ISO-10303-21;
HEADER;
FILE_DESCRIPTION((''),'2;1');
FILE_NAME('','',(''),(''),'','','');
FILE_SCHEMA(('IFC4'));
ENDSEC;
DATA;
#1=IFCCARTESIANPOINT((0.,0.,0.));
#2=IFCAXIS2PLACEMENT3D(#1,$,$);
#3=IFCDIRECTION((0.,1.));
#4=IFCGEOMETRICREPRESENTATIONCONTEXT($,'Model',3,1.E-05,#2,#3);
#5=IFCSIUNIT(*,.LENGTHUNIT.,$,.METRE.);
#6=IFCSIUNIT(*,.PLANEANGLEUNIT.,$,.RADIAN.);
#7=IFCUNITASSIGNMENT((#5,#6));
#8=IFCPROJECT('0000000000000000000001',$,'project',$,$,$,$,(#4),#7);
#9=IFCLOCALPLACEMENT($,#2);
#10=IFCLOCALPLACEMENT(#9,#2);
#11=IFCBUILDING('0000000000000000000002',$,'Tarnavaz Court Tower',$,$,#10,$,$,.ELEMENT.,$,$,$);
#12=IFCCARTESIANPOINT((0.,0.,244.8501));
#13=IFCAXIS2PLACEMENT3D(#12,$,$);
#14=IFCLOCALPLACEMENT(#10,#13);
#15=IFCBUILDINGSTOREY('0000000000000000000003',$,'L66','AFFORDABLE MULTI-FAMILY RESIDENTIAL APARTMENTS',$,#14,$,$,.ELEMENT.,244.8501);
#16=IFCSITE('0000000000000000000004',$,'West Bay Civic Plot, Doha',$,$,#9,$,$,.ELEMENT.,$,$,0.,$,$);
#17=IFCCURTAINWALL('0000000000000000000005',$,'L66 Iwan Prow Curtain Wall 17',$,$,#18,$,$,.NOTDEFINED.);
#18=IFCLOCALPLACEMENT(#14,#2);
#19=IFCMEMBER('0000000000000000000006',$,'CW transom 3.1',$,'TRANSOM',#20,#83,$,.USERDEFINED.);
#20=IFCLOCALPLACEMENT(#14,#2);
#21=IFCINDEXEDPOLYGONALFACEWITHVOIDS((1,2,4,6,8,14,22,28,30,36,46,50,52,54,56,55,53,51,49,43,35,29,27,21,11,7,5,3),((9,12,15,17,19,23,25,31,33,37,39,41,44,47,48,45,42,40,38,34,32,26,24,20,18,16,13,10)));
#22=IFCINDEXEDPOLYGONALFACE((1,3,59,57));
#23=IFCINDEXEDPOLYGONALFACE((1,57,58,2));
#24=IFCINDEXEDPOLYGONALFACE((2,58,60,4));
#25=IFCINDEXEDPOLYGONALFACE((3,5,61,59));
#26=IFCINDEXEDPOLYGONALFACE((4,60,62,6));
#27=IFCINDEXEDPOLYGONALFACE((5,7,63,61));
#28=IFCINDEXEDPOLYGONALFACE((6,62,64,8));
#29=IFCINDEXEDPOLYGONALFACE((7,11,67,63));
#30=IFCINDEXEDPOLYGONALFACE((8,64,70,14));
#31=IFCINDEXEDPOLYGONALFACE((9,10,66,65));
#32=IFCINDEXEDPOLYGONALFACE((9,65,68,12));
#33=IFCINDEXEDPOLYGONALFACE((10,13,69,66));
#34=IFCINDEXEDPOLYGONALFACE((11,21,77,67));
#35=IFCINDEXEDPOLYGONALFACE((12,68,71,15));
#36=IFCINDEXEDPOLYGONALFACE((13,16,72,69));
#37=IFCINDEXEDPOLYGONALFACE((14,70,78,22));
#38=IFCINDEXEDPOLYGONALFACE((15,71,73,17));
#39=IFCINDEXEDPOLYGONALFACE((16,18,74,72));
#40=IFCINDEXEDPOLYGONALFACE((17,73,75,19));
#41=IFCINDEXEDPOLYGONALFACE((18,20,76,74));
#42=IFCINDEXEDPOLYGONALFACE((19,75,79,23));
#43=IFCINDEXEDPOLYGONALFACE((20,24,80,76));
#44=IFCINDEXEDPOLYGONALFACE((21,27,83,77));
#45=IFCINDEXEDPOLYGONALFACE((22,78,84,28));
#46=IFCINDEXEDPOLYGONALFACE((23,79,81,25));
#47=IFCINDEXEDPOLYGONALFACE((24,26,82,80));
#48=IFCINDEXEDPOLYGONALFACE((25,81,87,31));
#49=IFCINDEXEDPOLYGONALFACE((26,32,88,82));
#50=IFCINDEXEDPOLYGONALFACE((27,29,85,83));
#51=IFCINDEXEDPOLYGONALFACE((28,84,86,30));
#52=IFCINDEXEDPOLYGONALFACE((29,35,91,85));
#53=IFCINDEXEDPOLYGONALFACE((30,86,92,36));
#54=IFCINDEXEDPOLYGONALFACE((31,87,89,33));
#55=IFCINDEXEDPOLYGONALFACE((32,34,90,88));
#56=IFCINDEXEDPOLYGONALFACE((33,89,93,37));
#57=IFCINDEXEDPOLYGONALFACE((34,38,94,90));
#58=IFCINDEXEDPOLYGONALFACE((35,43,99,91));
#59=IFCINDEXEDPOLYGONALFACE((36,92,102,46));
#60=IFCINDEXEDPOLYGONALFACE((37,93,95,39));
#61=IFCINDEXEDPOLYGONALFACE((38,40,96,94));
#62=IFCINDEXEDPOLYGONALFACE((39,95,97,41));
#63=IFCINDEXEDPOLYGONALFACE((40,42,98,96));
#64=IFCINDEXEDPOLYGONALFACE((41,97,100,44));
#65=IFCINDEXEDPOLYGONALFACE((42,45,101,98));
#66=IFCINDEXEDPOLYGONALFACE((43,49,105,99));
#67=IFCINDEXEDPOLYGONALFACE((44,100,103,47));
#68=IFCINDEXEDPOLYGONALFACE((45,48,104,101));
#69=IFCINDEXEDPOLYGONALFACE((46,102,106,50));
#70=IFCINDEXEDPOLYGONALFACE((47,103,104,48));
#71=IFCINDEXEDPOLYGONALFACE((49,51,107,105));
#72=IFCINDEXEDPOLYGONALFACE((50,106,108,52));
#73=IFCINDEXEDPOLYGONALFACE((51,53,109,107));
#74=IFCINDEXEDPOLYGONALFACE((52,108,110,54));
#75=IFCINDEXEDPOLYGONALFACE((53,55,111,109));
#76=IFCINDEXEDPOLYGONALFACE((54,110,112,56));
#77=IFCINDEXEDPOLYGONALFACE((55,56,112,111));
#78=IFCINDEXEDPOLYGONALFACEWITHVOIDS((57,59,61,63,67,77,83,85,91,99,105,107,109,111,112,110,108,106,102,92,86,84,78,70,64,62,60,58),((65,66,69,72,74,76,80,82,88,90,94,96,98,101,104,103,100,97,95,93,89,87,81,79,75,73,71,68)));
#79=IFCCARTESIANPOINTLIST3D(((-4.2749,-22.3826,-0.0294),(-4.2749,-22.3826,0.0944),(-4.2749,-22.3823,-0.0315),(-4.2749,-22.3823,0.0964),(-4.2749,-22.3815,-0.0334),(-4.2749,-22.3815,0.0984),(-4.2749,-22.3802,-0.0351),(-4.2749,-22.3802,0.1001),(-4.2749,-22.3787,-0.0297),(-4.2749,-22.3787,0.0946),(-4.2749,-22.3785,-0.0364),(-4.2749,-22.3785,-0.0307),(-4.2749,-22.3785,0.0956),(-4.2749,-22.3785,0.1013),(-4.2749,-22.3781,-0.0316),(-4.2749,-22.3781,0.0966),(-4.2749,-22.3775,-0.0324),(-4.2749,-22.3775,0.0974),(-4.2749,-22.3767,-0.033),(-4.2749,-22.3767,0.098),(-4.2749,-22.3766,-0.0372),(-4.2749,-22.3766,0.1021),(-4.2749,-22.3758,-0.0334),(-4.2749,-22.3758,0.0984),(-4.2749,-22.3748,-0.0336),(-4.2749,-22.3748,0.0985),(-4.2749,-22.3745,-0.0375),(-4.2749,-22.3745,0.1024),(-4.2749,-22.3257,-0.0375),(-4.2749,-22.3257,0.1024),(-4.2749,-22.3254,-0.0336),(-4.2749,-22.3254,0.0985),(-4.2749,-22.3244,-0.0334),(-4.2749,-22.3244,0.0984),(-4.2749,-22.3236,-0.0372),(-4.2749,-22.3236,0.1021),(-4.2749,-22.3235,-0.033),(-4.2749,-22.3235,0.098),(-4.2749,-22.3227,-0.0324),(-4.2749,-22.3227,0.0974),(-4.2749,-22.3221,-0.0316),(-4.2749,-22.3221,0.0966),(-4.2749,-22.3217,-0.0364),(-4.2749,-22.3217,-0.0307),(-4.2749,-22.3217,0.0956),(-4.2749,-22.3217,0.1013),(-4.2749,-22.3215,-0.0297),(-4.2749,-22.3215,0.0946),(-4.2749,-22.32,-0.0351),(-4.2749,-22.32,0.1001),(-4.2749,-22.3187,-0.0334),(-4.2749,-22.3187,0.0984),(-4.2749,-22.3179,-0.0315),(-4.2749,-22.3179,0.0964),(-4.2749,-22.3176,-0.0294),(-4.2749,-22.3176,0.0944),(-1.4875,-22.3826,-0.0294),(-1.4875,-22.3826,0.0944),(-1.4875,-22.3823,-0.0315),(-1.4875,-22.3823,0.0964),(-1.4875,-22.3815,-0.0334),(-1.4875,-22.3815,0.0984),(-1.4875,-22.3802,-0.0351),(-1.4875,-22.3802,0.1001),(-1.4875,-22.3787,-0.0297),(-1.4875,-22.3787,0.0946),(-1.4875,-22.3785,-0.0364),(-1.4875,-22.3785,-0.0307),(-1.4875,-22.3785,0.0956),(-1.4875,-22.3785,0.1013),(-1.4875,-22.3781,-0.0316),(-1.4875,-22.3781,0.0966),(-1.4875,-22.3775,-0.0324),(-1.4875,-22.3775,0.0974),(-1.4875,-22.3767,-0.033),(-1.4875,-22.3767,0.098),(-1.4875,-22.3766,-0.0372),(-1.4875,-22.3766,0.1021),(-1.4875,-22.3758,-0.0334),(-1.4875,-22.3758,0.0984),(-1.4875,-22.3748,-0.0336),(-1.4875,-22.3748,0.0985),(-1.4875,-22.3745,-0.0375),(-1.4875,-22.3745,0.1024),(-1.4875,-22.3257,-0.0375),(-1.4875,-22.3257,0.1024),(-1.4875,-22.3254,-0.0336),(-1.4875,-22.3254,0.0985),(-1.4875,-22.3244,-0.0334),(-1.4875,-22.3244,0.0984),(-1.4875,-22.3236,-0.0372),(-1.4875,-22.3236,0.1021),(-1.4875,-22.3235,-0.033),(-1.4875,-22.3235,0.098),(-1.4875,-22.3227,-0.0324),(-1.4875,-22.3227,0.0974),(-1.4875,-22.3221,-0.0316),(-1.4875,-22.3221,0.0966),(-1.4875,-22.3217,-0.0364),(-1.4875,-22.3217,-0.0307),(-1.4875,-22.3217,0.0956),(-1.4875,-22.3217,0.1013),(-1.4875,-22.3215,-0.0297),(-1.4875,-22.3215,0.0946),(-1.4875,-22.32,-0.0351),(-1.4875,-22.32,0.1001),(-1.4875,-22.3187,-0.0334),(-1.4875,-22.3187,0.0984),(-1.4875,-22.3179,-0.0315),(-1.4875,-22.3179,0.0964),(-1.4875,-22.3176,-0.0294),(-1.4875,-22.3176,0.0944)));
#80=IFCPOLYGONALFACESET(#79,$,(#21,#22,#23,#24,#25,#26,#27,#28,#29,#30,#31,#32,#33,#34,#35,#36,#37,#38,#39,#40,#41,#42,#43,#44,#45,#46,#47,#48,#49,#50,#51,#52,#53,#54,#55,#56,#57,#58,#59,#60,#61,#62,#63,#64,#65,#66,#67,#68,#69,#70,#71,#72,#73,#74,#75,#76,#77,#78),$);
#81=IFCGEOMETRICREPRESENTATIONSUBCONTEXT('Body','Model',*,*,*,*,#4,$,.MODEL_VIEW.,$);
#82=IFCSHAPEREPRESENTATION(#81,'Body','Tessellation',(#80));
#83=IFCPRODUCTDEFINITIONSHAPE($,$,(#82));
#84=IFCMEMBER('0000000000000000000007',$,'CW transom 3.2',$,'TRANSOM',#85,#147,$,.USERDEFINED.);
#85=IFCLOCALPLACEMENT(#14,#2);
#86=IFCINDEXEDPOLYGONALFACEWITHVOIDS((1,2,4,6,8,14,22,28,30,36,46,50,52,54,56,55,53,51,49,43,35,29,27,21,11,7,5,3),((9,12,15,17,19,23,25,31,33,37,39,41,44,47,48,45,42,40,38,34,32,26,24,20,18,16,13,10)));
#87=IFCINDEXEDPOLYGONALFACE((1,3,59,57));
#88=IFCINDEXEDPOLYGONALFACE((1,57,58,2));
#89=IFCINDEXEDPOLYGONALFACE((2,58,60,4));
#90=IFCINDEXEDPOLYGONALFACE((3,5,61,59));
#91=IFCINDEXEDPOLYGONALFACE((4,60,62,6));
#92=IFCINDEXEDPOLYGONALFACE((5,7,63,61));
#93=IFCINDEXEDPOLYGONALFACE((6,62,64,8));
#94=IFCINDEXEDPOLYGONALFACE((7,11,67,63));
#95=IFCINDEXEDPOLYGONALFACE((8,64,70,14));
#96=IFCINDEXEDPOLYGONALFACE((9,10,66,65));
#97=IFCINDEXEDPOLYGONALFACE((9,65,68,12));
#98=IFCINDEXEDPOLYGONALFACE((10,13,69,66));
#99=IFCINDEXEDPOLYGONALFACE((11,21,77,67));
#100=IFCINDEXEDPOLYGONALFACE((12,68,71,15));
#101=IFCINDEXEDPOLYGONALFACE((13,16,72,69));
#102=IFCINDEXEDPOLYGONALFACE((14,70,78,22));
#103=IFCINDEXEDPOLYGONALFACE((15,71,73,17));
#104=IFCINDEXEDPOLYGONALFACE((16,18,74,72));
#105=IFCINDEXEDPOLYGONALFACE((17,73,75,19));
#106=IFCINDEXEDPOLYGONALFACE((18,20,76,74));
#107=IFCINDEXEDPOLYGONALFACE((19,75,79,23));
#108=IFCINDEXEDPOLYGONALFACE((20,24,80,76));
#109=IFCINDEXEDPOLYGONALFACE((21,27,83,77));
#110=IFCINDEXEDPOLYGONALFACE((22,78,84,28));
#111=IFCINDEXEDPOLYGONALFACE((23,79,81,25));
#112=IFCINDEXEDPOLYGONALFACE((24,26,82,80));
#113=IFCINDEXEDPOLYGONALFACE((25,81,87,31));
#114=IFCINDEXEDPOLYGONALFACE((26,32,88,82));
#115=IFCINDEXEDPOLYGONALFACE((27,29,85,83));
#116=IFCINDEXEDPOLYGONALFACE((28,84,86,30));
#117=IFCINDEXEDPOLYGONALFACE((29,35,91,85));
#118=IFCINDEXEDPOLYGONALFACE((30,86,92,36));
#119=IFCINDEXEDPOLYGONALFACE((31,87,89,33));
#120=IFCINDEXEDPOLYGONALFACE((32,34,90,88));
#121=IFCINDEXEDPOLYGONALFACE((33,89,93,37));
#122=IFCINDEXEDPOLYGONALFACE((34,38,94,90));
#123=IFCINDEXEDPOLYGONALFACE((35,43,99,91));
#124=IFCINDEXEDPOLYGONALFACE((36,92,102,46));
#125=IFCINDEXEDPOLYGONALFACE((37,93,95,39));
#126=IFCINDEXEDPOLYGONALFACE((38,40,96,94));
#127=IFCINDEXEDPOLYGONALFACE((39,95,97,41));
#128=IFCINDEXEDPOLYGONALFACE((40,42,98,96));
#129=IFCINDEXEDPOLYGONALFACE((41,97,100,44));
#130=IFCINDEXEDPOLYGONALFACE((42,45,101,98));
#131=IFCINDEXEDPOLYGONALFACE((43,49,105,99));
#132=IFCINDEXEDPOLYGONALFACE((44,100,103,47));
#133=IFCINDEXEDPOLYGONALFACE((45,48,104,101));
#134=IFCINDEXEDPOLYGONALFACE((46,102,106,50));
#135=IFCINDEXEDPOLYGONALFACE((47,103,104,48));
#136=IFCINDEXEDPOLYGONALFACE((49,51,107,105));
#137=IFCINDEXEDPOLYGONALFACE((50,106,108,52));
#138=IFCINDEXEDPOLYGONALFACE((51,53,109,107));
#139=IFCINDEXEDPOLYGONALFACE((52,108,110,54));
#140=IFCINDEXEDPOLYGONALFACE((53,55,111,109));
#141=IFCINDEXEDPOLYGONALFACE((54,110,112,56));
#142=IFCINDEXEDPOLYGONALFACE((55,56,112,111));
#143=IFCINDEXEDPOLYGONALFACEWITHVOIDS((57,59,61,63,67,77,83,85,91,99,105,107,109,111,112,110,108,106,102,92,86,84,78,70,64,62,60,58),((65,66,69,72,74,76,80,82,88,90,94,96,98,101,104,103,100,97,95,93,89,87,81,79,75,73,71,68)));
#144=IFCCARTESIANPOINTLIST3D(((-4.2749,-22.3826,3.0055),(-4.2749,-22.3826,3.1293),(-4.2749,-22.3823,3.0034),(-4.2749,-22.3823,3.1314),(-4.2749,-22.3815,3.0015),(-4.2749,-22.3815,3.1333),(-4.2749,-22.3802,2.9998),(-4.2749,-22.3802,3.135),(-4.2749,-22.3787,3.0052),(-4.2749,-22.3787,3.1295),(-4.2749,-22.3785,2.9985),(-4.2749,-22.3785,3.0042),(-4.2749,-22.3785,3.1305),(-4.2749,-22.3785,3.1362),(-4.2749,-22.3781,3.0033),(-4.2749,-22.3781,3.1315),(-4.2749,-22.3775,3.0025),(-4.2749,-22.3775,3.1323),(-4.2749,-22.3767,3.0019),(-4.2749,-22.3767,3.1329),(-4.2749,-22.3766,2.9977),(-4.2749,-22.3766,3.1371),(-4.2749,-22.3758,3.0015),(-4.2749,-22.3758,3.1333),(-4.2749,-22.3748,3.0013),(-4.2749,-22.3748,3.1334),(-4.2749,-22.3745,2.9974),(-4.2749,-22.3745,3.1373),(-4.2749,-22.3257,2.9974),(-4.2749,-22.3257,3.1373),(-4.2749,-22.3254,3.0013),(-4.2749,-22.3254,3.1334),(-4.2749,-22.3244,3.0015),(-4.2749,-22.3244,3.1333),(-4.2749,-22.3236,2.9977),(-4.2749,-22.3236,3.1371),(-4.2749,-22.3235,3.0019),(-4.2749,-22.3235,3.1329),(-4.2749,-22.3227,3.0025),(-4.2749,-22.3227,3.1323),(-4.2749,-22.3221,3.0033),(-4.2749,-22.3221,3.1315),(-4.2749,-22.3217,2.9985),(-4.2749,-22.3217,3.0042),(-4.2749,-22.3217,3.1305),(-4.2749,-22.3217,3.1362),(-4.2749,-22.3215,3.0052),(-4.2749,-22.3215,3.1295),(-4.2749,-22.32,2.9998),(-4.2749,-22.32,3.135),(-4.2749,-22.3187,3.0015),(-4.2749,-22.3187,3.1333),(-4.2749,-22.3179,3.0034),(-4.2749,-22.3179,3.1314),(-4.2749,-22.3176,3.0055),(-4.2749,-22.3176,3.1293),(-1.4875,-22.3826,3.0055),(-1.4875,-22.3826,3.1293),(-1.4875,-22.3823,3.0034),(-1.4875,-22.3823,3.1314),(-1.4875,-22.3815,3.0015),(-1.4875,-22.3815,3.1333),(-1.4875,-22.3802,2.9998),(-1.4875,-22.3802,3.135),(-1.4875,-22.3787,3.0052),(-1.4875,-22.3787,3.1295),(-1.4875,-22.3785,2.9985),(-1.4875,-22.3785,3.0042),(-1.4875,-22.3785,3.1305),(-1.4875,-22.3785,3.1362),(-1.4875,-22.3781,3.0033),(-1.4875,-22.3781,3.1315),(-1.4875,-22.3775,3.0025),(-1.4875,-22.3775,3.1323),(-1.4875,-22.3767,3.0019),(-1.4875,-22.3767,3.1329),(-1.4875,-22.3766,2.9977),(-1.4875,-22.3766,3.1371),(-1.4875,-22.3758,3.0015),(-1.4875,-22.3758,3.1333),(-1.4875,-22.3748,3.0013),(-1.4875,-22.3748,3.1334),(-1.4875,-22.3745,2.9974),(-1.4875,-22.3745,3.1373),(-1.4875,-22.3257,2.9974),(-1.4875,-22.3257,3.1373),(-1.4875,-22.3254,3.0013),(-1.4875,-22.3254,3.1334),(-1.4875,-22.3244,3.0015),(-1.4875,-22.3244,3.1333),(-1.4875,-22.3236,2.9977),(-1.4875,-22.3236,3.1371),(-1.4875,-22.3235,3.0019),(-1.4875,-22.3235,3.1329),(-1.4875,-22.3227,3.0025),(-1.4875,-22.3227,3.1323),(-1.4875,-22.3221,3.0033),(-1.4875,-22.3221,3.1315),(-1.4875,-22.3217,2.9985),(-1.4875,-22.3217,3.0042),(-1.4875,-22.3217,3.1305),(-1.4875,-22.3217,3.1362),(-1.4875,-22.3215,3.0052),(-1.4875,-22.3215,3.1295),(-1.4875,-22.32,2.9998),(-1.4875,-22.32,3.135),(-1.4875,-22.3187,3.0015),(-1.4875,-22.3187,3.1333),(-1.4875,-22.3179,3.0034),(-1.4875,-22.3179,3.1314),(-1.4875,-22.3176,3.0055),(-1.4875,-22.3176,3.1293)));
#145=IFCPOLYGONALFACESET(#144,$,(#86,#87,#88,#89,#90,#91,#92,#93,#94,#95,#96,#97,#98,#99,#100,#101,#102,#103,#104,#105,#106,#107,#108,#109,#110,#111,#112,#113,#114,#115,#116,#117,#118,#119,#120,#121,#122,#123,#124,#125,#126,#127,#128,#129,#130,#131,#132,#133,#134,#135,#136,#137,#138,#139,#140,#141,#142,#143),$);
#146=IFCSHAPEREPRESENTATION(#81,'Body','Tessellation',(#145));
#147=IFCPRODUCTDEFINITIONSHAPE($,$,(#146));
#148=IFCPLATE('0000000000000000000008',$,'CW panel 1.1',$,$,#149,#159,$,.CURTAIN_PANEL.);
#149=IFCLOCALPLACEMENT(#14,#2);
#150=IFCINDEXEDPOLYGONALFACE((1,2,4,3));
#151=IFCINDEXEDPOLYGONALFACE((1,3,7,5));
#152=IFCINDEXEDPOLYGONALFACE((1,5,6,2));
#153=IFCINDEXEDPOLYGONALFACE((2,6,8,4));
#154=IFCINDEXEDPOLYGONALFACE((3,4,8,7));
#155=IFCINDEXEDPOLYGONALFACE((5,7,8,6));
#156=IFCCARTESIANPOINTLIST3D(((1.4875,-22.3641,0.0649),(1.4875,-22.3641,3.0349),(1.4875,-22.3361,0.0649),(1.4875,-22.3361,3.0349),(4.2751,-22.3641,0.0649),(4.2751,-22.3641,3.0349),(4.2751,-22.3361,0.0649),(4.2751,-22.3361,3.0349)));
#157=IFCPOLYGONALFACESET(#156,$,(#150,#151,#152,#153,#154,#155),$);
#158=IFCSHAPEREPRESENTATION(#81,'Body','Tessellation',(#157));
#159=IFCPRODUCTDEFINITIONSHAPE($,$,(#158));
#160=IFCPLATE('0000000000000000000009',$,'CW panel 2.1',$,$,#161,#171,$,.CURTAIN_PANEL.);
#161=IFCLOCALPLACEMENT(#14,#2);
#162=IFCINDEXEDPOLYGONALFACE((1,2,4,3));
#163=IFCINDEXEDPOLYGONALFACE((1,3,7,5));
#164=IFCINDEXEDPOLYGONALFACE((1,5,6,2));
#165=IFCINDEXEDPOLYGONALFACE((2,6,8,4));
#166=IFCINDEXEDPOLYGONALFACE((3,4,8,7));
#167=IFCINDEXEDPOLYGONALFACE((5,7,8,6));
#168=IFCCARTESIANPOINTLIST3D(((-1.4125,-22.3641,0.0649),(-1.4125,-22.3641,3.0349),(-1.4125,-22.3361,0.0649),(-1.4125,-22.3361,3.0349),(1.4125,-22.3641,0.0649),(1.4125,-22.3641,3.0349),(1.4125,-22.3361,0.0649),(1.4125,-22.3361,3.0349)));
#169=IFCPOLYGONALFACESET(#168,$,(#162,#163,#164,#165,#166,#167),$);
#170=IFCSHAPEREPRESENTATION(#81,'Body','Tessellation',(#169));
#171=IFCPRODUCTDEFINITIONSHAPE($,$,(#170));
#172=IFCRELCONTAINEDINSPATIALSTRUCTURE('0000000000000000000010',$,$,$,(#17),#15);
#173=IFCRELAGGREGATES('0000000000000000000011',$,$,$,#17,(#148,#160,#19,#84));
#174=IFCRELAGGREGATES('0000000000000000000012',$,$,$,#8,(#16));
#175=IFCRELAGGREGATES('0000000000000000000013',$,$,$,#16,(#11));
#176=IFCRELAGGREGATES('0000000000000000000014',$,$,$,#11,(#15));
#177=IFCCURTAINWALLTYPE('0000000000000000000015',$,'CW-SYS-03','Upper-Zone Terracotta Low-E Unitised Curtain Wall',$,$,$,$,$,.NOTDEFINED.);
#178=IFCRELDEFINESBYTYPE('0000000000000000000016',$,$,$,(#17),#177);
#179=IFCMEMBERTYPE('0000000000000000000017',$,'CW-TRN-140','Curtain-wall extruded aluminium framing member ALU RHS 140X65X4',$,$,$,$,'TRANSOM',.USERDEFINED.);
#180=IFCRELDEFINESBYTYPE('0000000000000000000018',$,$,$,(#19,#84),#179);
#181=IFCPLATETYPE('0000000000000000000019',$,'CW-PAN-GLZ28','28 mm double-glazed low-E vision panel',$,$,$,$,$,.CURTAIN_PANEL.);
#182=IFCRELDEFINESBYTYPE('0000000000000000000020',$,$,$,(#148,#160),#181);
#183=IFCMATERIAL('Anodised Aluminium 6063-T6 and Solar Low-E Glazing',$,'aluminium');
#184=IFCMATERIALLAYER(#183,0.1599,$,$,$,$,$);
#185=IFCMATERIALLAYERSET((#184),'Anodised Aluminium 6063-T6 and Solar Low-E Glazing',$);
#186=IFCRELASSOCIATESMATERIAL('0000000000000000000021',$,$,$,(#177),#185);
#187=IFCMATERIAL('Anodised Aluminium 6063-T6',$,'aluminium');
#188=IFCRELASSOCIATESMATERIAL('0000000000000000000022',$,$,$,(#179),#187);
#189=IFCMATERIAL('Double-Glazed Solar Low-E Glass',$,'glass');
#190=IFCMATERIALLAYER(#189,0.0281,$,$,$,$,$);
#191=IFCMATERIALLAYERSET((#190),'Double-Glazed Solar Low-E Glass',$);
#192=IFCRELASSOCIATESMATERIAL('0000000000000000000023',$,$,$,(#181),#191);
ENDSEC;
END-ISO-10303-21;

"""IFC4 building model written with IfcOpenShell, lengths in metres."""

from ifc_helpers import new_model, si_unit, direction, frame, origin, origin_2d, place, context, subcontext, project, spatial, rectangle, hollow_rectangle, extrude, material, layer, layer_set, material_profile, profile_set, type_object, element, aggregate, save


model = new_model("IFC4")

# Units and contexts
model_context = context("Model", 3, precision=1e-05, world=origin(), true_north=direction((0.0, 1.0)))
body_context = subcontext(model_context, "Body", "Model", "MODEL_VIEW")
ifc_project = project(units=[si_unit("LENGTHUNIT", "METRE"), si_unit("PLANEANGLEUNIT", "RADIAN")], contexts=[model_context])

# Site, building, storey
site_placement = place(None, origin())
site = spatial("IfcSite", under=ifc_project, at=site_placement, Name="West Bay Civic Plot, Doha", CompositionType="ELEMENT", RefElevation=0.0)
building_placement = place(site_placement, origin())
building = spatial("IfcBuilding", under=site, at=building_placement, Name="Tarnavaz Court Tower", CompositionType="ELEMENT")
storey_placement = place(building_placement, frame((0.0, 0.0, 244.8501)))
storey = spatial("IfcBuildingStorey", under=building, at=storey_placement, Name="L66", Description="AFFORDABLE MULTI-FAMILY RESIDENTIAL APARTMENTS", CompositionType="ELEMENT", Elevation=244.8501)

# Curtain wall, members, plates
ifc_material_1 = material(Name="Anodised Aluminium 6063-T6 and Solar Low-E Glazing", Category="aluminium")
ifc_layer_1 = layer(ifc_material_1, 0.1599)
ifc_layer_set_1 = layer_set([ifc_layer_1], Name="Anodised Aluminium 6063-T6 and Solar Low-E Glazing")
curtain_wall_type = type_object("IfcCurtainWallType", Name="CW-SYS-03", Description="Upper-Zone Terracotta Low-E Unitised Curtain Wall", PredefinedType="NOTDEFINED", material=ifc_layer_set_1)
curtain_wall_placement = place(storey_placement, origin())
curtain_wall = element("IfcCurtainWall", 1, at=curtain_wall_placement, inside=storey, type_object=curtain_wall_type, Name="L66 Iwan Prow Curtain Wall 17", PredefinedType="NOTDEFINED")
ifc_material_2 = material(Name="Anodised Aluminium 6063-T6", Category="aluminium")
ifc_material_profile_1 = material_profile(ifc_material_2, hollow_rectangle(XDim=0.0649, YDim=0.1399, WallThickness=0.0039, InnerFilletRadius=0.0039, OuterFilletRadius=0.0081, at=origin_2d()), Name="ALU RHS 140X65X4")
ifc_profile_set_1 = profile_set([ifc_material_profile_1], Name="Anodised Aluminium 6063-T6")
member_type_1 = type_object("IfcMemberType", Name="CW-TRN-140", Description="Curtain-wall extruded aluminium framing member ALU RHS 140X65X4", ElementType="TRANSOM", PredefinedType="USERDEFINED", material=ifc_profile_set_1)
member_1_placement = place(storey_placement, frame((-1.4875, -22.3501, 0.0325), z_axis=(-1.0, 0.0, 0.0), x_axis=(0.0, -1.0, 0.0)))
member_1 = element("IfcMember", 2, at=member_1_placement, type_object=member_type_1, Name="CW transom 3.1", ObjectType="TRANSOM", PredefinedType="USERDEFINED", context=body_context, shape_type="SweptSolid", body=[
    extrude(hollow_rectangle(XDim=0.0649, YDim=0.1399, WallThickness=0.0039, InnerFilletRadius=0.0039, OuterFilletRadius=0.0081, at=origin_2d()), origin(), (0.0, 0.0, 1.0), 2.7874),
])
member_2_placement = place(storey_placement, frame((-1.4875, -22.3501, 3.0674), z_axis=(-1.0, 0.0, 0.0), x_axis=(0.0, -1.0, 0.0)))
member_2 = element("IfcMember", 3, at=member_2_placement, type_object=member_type_1, Name="CW transom 3.2", ObjectType="TRANSOM", PredefinedType="USERDEFINED", context=body_context, shape_type="SweptSolid", body=[
    extrude(hollow_rectangle(XDim=0.0649, YDim=0.1399, WallThickness=0.0039, InnerFilletRadius=0.0039, OuterFilletRadius=0.0081, at=origin_2d()), origin(), (0.0, 0.0, 1.0), 2.7874),
])
ifc_material_3 = material(Name="Double-Glazed Solar Low-E Glass", Category="glass")
ifc_layer_2 = layer(ifc_material_3, 0.0281)
ifc_layer_set_2 = layer_set([ifc_layer_2], Name="Double-Glazed Solar Low-E Glass")
plate_type = type_object("IfcPlateType", Name="CW-PAN-GLZ28", Description="28 mm double-glazed low-E vision panel", PredefinedType="CURTAIN_PANEL", material=ifc_layer_set_2)
plate_1_placement = place(storey_placement, frame((2.8813, -22.3501, 0.0649), z_axis=(0.0, 0.0, 1.0), x_axis=(-1.0, 0.0, 0.0)))
plate_1 = element("IfcPlate", 4, at=plate_1_placement, type_object=plate_type, Name="CW panel 1.1", PredefinedType="CURTAIN_PANEL", context=body_context, shape_type="SweptSolid", body=[
    extrude(rectangle(XDim=2.7876, YDim=0.0281, at=origin_2d()), origin(), (0.0, 0.0, 1.0), 2.97),
])
plate_2_placement = place(storey_placement, frame((0.0, -22.3501, 0.0649), z_axis=(0.0, 0.0, 1.0), x_axis=(-1.0, 0.0, 0.0)))
plate_2 = element("IfcPlate", 5, at=plate_2_placement, type_object=plate_type, Name="CW panel 2.1", PredefinedType="CURTAIN_PANEL", context=body_context, shape_type="SweptSolid", body=[
    extrude(rectangle(XDim=2.825, YDim=0.0281, at=origin_2d()), origin(), (0.0, 0.0, 1.0), 2.97),
])
aggregate(curtain_wall, [plate_1, plate_2, member_1, member_2])

save(model, "model.ifc")
